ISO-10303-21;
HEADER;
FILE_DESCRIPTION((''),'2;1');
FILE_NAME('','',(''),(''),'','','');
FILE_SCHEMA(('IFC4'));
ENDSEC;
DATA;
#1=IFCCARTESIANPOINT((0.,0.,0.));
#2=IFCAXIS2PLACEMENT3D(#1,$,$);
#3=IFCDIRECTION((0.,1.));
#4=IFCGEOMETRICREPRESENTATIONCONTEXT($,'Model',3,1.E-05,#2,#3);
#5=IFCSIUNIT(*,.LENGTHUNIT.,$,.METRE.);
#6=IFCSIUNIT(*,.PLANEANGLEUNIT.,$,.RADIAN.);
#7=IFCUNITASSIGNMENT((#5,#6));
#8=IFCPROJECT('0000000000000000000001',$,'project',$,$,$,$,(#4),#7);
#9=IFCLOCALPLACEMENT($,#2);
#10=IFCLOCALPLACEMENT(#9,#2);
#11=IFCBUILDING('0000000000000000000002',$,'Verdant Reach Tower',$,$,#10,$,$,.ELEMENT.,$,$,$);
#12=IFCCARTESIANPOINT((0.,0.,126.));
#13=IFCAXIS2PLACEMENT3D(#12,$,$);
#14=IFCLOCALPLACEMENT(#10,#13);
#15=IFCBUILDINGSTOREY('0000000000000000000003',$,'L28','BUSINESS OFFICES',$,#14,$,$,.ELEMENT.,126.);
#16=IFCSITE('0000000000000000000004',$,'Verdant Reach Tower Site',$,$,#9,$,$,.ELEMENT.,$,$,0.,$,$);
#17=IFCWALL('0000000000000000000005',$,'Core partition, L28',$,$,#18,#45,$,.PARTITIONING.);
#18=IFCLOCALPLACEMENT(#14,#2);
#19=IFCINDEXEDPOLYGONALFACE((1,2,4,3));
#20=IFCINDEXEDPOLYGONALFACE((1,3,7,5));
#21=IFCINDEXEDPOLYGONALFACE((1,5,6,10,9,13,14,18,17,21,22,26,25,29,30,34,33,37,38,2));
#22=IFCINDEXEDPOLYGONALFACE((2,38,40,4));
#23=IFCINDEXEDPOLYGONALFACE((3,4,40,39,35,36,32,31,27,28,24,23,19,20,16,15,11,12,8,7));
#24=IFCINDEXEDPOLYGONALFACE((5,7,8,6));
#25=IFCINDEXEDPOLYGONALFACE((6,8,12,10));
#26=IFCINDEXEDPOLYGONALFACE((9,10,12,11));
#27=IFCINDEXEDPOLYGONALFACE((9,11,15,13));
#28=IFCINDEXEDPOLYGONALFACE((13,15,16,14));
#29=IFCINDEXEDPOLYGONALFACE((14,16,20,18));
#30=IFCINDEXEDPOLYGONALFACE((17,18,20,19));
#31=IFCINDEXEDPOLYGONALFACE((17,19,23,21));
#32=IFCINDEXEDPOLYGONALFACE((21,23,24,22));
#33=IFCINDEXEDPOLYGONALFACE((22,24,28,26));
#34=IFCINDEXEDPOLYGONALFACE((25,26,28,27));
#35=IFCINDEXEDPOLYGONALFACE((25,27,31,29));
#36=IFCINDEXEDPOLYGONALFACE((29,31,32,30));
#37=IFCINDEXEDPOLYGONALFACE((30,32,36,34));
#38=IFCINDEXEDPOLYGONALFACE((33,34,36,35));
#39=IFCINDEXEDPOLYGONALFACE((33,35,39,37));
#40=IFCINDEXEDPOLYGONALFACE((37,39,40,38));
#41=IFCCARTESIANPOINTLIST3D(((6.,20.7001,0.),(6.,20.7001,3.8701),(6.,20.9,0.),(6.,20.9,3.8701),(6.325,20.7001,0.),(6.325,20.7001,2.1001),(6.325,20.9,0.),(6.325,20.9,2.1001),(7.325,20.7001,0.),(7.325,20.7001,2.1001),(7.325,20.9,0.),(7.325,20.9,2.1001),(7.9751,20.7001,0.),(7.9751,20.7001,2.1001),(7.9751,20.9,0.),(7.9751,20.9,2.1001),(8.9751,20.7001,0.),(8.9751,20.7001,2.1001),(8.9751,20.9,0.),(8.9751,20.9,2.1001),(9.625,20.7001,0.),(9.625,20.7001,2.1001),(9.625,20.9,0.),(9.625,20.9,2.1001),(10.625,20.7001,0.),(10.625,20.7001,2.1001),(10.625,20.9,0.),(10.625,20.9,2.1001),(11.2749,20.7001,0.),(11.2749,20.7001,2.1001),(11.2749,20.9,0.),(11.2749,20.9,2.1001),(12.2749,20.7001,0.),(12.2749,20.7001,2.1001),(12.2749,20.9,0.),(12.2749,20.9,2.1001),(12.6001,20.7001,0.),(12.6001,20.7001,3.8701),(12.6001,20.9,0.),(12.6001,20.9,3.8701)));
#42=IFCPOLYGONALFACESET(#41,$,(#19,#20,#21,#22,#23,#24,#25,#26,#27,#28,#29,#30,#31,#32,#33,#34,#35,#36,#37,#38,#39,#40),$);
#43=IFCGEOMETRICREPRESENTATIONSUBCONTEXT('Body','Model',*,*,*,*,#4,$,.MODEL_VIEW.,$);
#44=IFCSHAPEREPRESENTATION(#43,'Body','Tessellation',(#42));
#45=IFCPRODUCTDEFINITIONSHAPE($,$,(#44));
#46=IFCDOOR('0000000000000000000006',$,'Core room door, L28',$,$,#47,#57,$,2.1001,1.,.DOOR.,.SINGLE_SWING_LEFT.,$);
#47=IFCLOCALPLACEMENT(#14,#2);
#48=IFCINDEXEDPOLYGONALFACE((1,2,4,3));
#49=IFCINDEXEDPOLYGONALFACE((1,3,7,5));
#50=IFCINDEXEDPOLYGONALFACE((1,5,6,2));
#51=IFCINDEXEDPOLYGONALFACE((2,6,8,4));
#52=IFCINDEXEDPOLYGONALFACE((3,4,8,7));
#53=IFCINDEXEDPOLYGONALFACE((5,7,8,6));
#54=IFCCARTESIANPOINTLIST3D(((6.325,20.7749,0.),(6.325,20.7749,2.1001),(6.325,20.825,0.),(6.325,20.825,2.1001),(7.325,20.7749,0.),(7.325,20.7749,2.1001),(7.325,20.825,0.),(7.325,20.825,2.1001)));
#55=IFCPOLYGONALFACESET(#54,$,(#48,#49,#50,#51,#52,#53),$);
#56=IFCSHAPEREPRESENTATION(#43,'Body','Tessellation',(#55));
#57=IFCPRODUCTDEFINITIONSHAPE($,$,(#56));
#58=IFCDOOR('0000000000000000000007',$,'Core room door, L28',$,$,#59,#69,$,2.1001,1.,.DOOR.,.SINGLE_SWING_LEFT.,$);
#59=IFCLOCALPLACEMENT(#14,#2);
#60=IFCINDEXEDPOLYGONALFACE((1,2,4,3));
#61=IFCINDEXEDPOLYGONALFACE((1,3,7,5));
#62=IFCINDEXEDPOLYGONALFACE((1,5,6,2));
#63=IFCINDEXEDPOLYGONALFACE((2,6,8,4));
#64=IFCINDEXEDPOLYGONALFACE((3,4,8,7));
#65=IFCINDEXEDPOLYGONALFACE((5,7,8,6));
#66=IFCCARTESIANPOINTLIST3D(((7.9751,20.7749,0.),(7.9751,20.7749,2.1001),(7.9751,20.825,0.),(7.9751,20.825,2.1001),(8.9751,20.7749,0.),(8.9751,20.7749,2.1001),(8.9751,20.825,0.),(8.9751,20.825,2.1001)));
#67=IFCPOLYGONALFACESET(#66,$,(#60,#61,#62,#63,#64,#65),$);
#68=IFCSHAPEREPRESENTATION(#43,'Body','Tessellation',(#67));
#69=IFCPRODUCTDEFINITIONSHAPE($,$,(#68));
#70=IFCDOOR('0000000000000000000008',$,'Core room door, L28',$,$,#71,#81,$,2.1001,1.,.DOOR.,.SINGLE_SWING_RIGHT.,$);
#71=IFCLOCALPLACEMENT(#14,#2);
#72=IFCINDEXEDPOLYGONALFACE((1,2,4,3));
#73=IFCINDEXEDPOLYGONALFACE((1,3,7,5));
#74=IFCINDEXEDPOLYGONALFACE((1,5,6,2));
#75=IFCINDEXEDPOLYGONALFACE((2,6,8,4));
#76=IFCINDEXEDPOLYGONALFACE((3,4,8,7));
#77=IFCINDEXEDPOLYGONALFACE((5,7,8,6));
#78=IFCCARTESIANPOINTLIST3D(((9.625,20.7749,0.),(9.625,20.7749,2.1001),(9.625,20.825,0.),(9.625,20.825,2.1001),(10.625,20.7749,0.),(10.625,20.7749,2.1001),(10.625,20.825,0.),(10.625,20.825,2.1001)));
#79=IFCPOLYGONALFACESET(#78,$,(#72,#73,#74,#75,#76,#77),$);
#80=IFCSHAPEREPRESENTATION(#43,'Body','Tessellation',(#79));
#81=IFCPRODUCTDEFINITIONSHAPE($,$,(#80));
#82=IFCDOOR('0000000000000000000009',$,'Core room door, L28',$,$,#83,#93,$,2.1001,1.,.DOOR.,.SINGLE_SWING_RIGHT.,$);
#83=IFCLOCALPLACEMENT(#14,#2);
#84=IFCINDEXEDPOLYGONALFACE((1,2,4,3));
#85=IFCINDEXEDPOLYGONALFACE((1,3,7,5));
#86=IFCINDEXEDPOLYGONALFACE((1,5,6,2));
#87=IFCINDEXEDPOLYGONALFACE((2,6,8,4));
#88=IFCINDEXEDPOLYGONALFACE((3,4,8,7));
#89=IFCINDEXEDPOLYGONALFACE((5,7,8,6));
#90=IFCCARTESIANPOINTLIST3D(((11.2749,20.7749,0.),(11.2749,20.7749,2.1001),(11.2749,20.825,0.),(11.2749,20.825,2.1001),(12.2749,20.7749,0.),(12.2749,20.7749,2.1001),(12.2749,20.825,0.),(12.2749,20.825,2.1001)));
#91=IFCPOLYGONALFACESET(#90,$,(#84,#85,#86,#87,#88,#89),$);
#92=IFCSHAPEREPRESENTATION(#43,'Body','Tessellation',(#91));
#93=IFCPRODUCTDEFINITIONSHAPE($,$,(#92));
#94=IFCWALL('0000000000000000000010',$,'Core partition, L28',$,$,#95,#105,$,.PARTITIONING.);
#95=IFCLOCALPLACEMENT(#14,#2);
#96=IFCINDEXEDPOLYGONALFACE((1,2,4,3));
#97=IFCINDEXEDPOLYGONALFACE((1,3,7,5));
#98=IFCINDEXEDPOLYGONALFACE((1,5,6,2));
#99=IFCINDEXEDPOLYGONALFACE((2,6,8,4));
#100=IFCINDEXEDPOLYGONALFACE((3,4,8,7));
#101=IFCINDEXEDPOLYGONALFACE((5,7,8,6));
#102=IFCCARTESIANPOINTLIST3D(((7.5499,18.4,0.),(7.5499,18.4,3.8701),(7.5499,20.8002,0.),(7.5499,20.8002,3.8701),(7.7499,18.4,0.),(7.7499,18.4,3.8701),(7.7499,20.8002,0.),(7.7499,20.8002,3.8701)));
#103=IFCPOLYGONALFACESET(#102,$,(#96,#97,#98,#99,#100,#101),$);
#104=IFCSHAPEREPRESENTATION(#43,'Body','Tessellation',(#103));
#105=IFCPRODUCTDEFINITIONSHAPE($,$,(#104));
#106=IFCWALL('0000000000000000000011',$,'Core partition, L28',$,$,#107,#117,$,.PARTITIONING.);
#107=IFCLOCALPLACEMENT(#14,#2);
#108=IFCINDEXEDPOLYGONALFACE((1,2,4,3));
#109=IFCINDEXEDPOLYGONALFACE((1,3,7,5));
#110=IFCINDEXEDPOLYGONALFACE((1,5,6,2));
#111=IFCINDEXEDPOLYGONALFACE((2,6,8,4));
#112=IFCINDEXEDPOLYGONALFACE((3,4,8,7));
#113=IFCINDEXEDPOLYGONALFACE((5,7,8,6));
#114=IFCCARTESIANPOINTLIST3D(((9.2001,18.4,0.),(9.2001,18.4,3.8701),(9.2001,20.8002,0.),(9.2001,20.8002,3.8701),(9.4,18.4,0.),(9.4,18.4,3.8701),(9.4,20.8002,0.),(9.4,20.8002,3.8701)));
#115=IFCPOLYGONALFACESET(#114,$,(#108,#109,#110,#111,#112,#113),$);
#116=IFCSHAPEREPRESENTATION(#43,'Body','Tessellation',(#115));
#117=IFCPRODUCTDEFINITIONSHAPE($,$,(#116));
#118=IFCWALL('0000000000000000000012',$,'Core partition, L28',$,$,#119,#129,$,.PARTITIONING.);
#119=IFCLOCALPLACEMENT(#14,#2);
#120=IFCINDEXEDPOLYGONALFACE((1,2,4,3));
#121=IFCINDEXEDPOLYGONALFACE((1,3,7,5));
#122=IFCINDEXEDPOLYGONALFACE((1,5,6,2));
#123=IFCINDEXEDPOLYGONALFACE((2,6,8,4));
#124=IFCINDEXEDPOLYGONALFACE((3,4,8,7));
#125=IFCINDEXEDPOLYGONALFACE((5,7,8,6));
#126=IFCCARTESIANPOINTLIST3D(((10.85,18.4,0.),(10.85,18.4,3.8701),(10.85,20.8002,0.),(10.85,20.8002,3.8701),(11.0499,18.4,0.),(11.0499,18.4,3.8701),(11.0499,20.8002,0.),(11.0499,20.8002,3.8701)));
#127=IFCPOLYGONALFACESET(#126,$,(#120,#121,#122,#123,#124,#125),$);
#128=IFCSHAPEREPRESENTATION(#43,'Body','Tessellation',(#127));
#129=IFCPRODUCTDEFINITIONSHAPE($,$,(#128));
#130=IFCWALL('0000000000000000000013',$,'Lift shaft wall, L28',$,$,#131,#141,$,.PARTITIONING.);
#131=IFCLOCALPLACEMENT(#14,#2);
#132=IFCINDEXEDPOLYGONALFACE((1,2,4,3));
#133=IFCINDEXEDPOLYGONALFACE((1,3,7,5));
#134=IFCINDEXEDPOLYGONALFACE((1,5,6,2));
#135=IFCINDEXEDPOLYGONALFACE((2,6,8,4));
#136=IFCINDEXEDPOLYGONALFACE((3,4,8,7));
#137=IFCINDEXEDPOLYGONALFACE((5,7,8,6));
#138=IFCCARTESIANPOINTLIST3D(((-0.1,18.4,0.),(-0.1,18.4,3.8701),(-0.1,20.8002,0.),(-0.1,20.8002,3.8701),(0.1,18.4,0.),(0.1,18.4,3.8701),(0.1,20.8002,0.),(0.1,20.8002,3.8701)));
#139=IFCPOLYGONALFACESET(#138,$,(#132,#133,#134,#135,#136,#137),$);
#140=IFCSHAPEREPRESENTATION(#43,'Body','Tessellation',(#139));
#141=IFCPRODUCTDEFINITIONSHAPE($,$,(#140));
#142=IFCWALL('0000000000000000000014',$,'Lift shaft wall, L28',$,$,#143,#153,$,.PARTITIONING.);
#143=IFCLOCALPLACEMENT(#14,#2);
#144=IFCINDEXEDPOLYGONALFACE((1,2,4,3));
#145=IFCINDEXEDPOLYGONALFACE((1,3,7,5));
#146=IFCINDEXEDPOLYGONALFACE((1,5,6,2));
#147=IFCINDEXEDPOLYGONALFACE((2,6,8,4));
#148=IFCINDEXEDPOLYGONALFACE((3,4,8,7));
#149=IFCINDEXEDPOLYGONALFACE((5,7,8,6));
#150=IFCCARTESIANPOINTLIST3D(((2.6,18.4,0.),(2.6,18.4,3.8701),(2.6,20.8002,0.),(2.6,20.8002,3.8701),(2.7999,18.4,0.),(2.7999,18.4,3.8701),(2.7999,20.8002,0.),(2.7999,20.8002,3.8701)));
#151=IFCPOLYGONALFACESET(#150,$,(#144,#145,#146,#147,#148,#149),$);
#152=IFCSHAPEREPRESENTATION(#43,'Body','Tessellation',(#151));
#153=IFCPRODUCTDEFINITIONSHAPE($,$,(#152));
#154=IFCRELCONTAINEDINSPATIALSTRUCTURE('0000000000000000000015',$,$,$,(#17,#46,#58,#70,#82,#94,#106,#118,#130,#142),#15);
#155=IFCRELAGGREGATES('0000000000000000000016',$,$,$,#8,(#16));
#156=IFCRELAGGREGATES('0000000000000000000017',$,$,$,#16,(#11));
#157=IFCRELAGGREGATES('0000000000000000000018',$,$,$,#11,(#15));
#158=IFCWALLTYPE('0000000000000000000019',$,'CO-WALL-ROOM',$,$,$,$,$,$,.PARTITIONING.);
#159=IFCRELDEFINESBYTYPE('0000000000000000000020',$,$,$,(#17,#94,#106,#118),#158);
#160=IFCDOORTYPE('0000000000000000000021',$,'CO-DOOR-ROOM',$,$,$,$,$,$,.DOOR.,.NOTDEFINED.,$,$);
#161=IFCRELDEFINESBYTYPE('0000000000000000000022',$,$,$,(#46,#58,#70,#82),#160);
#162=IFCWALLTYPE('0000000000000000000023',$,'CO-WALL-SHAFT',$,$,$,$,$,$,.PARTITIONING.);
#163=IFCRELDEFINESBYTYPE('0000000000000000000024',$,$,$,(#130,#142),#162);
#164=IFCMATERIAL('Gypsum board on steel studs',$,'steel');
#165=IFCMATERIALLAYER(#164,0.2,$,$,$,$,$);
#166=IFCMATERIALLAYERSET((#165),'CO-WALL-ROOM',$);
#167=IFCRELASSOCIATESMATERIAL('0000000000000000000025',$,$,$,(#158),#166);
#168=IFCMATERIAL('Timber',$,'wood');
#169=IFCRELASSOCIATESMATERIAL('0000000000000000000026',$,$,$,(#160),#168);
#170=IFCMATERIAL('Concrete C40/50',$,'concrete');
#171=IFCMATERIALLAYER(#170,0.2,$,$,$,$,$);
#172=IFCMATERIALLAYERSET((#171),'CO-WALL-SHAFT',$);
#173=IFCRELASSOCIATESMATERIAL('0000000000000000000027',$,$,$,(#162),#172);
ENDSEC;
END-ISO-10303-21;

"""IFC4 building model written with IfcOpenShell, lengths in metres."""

from ifc_helpers import new_model, si_unit, direction, frame, frame_2d, origin, place, context, subcontext, project, spatial, rectangle, extrude, material, layer, layer_set, type_object, element, fill, save


model = new_model("IFC4")

# Units and contexts
model_context = context("Model", 3, precision=1e-05, world=origin(), true_north=direction((0.0, 1.0)))
body_context = subcontext(model_context, "Body", "Model", "MODEL_VIEW")
ifc_project = project(units=[si_unit("LENGTHUNIT", "METRE"), si_unit("PLANEANGLEUNIT", "RADIAN")], contexts=[model_context])

# Site, building, storey
site_placement = place(None, origin())
site = spatial("IfcSite", under=ifc_project, at=site_placement, Name="Verdant Reach Tower Site", CompositionType="ELEMENT", RefElevation=0.0)
building_placement = place(site_placement, origin())
building = spatial("IfcBuilding", under=site, at=building_placement, Name="Verdant Reach Tower", CompositionType="ELEMENT")
storey_placement = place(building_placement, frame((0.0, 0.0, 126.0)))
storey = spatial("IfcBuildingStorey", under=building, at=storey_placement, Name="L28", Description="BUSINESS OFFICES", CompositionType="ELEMENT", Elevation=126.0)

# Wall, openings, doors
ifc_material_1 = material(Name="Gypsum board on steel studs", Category="steel")
ifc_layer_1 = layer(ifc_material_1, 0.2)
ifc_layer_set_1 = layer_set([ifc_layer_1], Name="CO-WALL-ROOM")
wall_type_1 = type_object("IfcWallType", Name="CO-WALL-ROOM", PredefinedType="PARTITIONING", material=ifc_layer_set_1)
wall_1_placement = place(storey_placement, frame((6.0, 20.8, 0.0), z_axis=(0.0, 0.0, 1.0), x_axis=(1.0, 0.0, 0.0)))
wall_1 = element("IfcWall", 1, at=wall_1_placement, inside=storey, type_object=wall_type_1, Name="Core partition, L28", PredefinedType="PARTITIONING", context=body_context, shape_type="SweptSolid", body=[
    extrude(rectangle(XDim=6.6001, YDim=0.2, at=frame_2d((3.3, 0.0))), origin(), (0.0, 0.0, 1.0), 3.8701),
])
opening_1_placement = place(wall_1_placement, frame((0.325, 0.0, 0.0)))
opening_1 = element("IfcOpeningElement", 2, at=opening_1_placement, cuts=wall_1, PredefinedType="OPENING", context=body_context, shape_type="SweptSolid", body=[
    extrude(rectangle(XDim=1.0, YDim=2.1001, at=frame_2d((0.5, 1.05))), frame((0.0, 0.1099, 0.0), z_axis=(0.0, -1.0, 0.0), x_axis=(1.0, 0.0, 0.0)), (0.0, 0.0, 1.0), 0.22),
])
opening_2_placement = place(wall_1_placement, frame((1.9751, 0.0, 0.0)))
opening_2 = element("IfcOpeningElement", 3, at=opening_2_placement, cuts=wall_1, PredefinedType="OPENING", context=body_context, shape_type="SweptSolid", body=[
    extrude(rectangle(XDim=1.0, YDim=2.1001, at=frame_2d((0.5, 1.05))), frame((0.0, 0.1099, 0.0), z_axis=(0.0, -1.0, 0.0), x_axis=(1.0, 0.0, 0.0)), (0.0, 0.0, 1.0), 0.22),
])
opening_3_placement = place(wall_1_placement, frame((3.625, 0.0, 0.0)))
opening_3 = element("IfcOpeningElement", 4, at=opening_3_placement, cuts=wall_1, PredefinedType="OPENING", context=body_context, shape_type="SweptSolid", body=[
    extrude(rectangle(XDim=1.0, YDim=2.1001, at=frame_2d((0.5, 1.05))), frame((0.0, 0.1099, 0.0), z_axis=(0.0, -1.0, 0.0), x_axis=(1.0, 0.0, 0.0)), (0.0, 0.0, 1.0), 0.22),
])
opening_4_placement = place(wall_1_placement, frame((5.2749, 0.0, 0.0)))
opening_4 = element("IfcOpeningElement", 5, at=opening_4_placement, cuts=wall_1, PredefinedType="OPENING", context=body_context, shape_type="SweptSolid", body=[
    extrude(rectangle(XDim=1.0, YDim=2.1001, at=frame_2d((0.5, 1.05))), frame((0.0, 0.1099, 0.0), z_axis=(0.0, -1.0, 0.0), x_axis=(1.0, 0.0, 0.0)), (0.0, 0.0, 1.0), 0.22),
])
ifc_material_2 = material(Name="Timber", Category="wood")
door_type_1 = type_object("IfcDoorType", Name="CO-DOOR-ROOM", OperationType="NOTDEFINED", PredefinedType="DOOR", material=ifc_material_2)
door_1_placement = place(opening_1_placement, origin())
door_1 = element("IfcDoor", 6, at=door_1_placement, inside=storey, type_object=door_type_1, Name="Core room door, L28", OperationType="SINGLE_SWING_LEFT", OverallHeight=2.1001, OverallWidth=1.0, PredefinedType="DOOR", context=body_context, shape_type="SweptSolid", body=[
    extrude(rectangle(XDim=1.0, YDim=2.1001, at=frame_2d((0.5, 1.05))), frame((0.0, 0.0249, 0.0), z_axis=(0.0, -1.0, 0.0), x_axis=(1.0, 0.0, 0.0)), (0.0, 0.0, 1.0), 0.05),
])
fill(opening_1, door_1)
door_2_placement = place(opening_2_placement, origin())
door_2 = element("IfcDoor", 7, at=door_2_placement, inside=storey, type_object=door_type_1, Name="Core room door, L28", OperationType="SINGLE_SWING_LEFT", OverallHeight=2.1001, OverallWidth=1.0, PredefinedType="DOOR", context=body_context, shape_type="SweptSolid", body=[
    extrude(rectangle(XDim=1.0, YDim=2.1001, at=frame_2d((0.5, 1.05))), frame((0.0, 0.0249, 0.0), z_axis=(0.0, -1.0, 0.0), x_axis=(1.0, 0.0, 0.0)), (0.0, 0.0, 1.0), 0.05),
])
fill(opening_2, door_2)
door_3_placement = place(opening_3_placement, origin())
door_3 = element("IfcDoor", 8, at=door_3_placement, inside=storey, type_object=door_type_1, Name="Core room door, L28", OperationType="SINGLE_SWING_RIGHT", OverallHeight=2.1001, OverallWidth=1.0, PredefinedType="DOOR", context=body_context, shape_type="SweptSolid", body=[
    extrude(rectangle(XDim=1.0, YDim=2.1001, at=frame_2d((0.5, 1.05))), frame((0.0, 0.0249, 0.0), z_axis=(0.0, -1.0, 0.0), x_axis=(1.0, 0.0, 0.0)), (0.0, 0.0, 1.0), 0.05),
])
fill(opening_3, door_3)
door_4_placement = place(opening_4_placement, origin())
door_4 = element("IfcDoor", 9, at=door_4_placement, inside=storey, type_object=door_type_1, Name="Core room door, L28", OperationType="SINGLE_SWING_RIGHT", OverallHeight=2.1001, OverallWidth=1.0, PredefinedType="DOOR", context=body_context, shape_type="SweptSolid", body=[
    extrude(rectangle(XDim=1.0, YDim=2.1001, at=frame_2d((0.5, 1.05))), frame((0.0, 0.0249, 0.0), z_axis=(0.0, -1.0, 0.0), x_axis=(1.0, 0.0, 0.0)), (0.0, 0.0, 1.0), 0.05),
])
fill(opening_4, door_4)

# Walls
for number, where, z_axis, x_axis, name in (
    (10, (7.6499, 18.3999, 0.0), (0.0, 0.0, 1.0), (0.0, 1.0, 0.0), "Core partition, L28"),
    (11, (9.3, 18.3999, 0.0), (0.0, 0.0, 1.0), (0.0, 1.0, 0.0), "Core partition, L28"),
    (12, (10.95, 18.3999, 0.0), (0.0, 0.0, 1.0), (0.0, 1.0, 0.0), "Core partition, L28"),
):
    element("IfcWall", number, at=place(storey_placement, frame(where, z_axis=z_axis, x_axis=x_axis)), inside=storey, type_object=wall_type_1, Name=name, PredefinedType="PARTITIONING", context=body_context, shape_type="SweptSolid", body=[
        extrude(rectangle(XDim=2.4001, YDim=0.2, at=frame_2d((1.2002, 0.0))), origin(), (0.0, 0.0, 1.0), 3.8701),
    ])
ifc_material_3 = material(Name="Concrete C40/50", Category="concrete")
ifc_layer_2 = layer(ifc_material_3, 0.2)
ifc_layer_set_2 = layer_set([ifc_layer_2], Name="CO-WALL-SHAFT")
wall_type_2 = type_object("IfcWallType", Name="CO-WALL-SHAFT", PredefinedType="PARTITIONING", material=ifc_layer_set_2)
for number, where, z_axis, x_axis, name in (
    (13, (0.0, 18.3999, 0.0), (0.0, 0.0, 1.0), (0.0, 1.0, 0.0), "Lift shaft wall, L28"),
    (14, (2.7, 18.3999, 0.0), (0.0, 0.0, 1.0), (0.0, 1.0, 0.0), "Lift shaft wall, L28"),
):
    element("IfcWall", number, at=place(storey_placement, frame(where, z_axis=z_axis, x_axis=x_axis)), inside=storey, type_object=wall_type_2, Name=name, PredefinedType="PARTITIONING", context=body_context, shape_type="SweptSolid", body=[
        extrude(rectangle(XDim=2.4001, YDim=0.2, at=frame_2d((1.2002, 0.0))), origin(), (0.0, 0.0, 1.0), 3.8701),
    ])

save(model, "model.ifc")
